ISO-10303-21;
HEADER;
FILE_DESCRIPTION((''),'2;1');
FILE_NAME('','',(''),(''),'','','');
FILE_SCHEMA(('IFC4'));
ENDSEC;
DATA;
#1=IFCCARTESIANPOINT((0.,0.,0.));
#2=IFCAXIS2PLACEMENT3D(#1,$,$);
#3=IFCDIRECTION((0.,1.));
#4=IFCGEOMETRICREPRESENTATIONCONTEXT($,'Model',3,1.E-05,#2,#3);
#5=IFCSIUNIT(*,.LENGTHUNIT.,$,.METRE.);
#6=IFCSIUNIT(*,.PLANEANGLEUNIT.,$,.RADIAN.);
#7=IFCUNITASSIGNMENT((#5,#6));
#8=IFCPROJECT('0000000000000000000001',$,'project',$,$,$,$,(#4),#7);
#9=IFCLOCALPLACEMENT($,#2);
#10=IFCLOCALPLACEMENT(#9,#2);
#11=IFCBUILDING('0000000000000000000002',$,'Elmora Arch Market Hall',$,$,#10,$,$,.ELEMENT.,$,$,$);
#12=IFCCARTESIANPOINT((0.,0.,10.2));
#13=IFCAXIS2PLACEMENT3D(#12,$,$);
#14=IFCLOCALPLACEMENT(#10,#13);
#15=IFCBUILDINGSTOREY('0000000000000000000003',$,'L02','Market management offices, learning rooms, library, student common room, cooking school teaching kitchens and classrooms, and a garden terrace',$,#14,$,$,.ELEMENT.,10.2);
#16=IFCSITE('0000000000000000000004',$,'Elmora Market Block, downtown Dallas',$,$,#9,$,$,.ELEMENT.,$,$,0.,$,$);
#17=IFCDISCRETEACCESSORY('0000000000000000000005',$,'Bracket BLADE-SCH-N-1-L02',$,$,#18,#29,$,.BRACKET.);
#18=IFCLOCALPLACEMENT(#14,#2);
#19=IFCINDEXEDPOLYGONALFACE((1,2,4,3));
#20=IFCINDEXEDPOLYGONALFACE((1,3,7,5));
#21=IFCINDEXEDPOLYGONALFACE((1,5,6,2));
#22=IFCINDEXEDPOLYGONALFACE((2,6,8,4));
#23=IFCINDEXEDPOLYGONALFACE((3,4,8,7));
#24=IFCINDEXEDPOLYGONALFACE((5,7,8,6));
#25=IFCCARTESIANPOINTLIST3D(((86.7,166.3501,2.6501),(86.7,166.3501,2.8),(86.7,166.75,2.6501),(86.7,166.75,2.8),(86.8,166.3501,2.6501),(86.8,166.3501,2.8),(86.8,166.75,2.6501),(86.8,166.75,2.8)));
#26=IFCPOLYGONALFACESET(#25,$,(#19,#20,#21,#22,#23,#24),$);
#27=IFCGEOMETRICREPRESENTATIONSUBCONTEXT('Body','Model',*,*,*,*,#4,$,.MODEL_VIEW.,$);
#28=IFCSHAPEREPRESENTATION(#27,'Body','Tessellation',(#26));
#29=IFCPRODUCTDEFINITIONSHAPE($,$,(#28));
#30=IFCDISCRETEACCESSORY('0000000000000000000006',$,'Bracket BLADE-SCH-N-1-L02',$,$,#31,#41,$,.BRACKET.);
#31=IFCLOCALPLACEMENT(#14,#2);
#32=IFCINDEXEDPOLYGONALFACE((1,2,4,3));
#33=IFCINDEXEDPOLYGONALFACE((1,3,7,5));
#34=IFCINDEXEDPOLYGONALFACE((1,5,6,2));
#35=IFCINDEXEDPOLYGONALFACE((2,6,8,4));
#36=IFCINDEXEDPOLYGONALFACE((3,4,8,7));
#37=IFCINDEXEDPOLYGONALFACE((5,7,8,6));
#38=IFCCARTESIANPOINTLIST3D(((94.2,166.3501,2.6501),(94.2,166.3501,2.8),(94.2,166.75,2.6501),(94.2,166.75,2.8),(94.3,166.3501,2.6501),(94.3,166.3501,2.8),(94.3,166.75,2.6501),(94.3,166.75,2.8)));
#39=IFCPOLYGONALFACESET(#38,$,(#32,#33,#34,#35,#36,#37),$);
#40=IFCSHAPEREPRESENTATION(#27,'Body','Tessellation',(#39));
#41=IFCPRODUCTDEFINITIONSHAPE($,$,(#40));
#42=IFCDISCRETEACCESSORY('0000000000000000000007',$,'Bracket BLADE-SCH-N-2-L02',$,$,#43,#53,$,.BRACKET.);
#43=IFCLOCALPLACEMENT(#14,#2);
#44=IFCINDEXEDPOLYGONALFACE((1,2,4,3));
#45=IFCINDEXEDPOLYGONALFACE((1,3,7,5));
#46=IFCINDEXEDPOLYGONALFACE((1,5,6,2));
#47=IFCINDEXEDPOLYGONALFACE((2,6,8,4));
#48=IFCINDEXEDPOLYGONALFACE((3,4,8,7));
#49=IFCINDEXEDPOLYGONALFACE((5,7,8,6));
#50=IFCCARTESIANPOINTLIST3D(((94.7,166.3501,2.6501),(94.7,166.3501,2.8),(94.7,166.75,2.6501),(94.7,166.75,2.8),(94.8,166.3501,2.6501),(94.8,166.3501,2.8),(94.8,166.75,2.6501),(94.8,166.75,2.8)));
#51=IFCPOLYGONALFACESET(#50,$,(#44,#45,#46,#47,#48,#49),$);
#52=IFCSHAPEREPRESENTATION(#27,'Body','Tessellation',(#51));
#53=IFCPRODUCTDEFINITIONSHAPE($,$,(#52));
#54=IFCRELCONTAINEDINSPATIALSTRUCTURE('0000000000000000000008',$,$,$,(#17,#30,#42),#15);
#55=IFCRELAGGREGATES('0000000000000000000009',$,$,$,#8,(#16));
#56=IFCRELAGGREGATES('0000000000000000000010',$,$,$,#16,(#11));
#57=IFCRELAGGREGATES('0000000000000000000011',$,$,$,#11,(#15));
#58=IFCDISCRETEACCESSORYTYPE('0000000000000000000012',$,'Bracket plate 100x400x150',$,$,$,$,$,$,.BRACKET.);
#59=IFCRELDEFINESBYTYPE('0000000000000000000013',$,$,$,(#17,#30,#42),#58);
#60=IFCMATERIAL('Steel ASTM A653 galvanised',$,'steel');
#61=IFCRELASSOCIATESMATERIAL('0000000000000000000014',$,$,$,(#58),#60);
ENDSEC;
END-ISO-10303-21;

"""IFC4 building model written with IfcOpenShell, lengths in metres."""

from ifc_helpers import new_model, si_unit, direction, frame, origin, origin_2d, place, context, subcontext, project, spatial, rectangle, extrude, material, type_object, element, save


model = new_model("IFC4")

# Units and contexts
model_context = context("Model", 3, precision=1e-05, world=origin(), true_north=direction((0.0, 1.0)))
body_context = subcontext(model_context, "Body", "Model", "MODEL_VIEW")
ifc_project = project(units=[si_unit("LENGTHUNIT", "METRE"), si_unit("PLANEANGLEUNIT", "RADIAN")], contexts=[model_context])

# Site, building, storey
site_placement = place(None, origin())
site = spatial("IfcSite", under=ifc_project, at=site_placement, Name="Elmora Market Block, downtown Dallas", CompositionType="ELEMENT", RefElevation=0.0)
building_placement = place(site_placement, origin())
building = spatial("IfcBuilding", under=site, at=building_placement, Name="Elmora Arch Market Hall", CompositionType="ELEMENT")
storey_placement = place(building_placement, frame((0.0, 0.0, 10.2)))
storey = spatial("IfcBuildingStorey", under=building, at=storey_placement, Name="L02", Description="Market management offices, learning rooms, library, student common room, cooking school teaching kitchens and classrooms, and a garden terrace", CompositionType="ELEMENT", Elevation=10.2)

# Discrete accessories
ifc_material_1 = material(Name="Steel ASTM A653 galvanised", Category="steel")
discrete_accessory_type = type_object("IfcDiscreteAccessoryType", Name="Bracket plate 100x400x150", PredefinedType="BRACKET", material=ifc_material_1)
for number, where, z_axis, x_axis, name in (
    (1, (86.75, 166.55, 2.6501), (0.0, 0.0, 1.0), (1.0, 0.0, 0.0), "Bracket BLADE-SCH-N-1-L02"),
    (2, (94.25, 166.55, 2.6501), (0.0, 0.0, 1.0), (1.0, 0.0, 0.0), "Bracket BLADE-SCH-N-1-L02"),
    (3, (94.75, 166.55, 2.6501), (0.0, 0.0, 1.0), (1.0, 0.0, 0.0), "Bracket BLADE-SCH-N-2-L02"),
):
    element("IfcDiscreteAccessory", number, at=place(storey_placement, frame(where, z_axis=z_axis, x_axis=x_axis)), inside=storey, type_object=discrete_accessory_type, Name=name, PredefinedType="BRACKET", context=body_context, shape_type="SweptSolid", body=[
        extrude(rectangle(XDim=0.1001, YDim=0.3999, at=origin_2d()), origin(), (0.0, 0.0, 1.0), 0.1499),
    ])

save(model, "model.ifc")
